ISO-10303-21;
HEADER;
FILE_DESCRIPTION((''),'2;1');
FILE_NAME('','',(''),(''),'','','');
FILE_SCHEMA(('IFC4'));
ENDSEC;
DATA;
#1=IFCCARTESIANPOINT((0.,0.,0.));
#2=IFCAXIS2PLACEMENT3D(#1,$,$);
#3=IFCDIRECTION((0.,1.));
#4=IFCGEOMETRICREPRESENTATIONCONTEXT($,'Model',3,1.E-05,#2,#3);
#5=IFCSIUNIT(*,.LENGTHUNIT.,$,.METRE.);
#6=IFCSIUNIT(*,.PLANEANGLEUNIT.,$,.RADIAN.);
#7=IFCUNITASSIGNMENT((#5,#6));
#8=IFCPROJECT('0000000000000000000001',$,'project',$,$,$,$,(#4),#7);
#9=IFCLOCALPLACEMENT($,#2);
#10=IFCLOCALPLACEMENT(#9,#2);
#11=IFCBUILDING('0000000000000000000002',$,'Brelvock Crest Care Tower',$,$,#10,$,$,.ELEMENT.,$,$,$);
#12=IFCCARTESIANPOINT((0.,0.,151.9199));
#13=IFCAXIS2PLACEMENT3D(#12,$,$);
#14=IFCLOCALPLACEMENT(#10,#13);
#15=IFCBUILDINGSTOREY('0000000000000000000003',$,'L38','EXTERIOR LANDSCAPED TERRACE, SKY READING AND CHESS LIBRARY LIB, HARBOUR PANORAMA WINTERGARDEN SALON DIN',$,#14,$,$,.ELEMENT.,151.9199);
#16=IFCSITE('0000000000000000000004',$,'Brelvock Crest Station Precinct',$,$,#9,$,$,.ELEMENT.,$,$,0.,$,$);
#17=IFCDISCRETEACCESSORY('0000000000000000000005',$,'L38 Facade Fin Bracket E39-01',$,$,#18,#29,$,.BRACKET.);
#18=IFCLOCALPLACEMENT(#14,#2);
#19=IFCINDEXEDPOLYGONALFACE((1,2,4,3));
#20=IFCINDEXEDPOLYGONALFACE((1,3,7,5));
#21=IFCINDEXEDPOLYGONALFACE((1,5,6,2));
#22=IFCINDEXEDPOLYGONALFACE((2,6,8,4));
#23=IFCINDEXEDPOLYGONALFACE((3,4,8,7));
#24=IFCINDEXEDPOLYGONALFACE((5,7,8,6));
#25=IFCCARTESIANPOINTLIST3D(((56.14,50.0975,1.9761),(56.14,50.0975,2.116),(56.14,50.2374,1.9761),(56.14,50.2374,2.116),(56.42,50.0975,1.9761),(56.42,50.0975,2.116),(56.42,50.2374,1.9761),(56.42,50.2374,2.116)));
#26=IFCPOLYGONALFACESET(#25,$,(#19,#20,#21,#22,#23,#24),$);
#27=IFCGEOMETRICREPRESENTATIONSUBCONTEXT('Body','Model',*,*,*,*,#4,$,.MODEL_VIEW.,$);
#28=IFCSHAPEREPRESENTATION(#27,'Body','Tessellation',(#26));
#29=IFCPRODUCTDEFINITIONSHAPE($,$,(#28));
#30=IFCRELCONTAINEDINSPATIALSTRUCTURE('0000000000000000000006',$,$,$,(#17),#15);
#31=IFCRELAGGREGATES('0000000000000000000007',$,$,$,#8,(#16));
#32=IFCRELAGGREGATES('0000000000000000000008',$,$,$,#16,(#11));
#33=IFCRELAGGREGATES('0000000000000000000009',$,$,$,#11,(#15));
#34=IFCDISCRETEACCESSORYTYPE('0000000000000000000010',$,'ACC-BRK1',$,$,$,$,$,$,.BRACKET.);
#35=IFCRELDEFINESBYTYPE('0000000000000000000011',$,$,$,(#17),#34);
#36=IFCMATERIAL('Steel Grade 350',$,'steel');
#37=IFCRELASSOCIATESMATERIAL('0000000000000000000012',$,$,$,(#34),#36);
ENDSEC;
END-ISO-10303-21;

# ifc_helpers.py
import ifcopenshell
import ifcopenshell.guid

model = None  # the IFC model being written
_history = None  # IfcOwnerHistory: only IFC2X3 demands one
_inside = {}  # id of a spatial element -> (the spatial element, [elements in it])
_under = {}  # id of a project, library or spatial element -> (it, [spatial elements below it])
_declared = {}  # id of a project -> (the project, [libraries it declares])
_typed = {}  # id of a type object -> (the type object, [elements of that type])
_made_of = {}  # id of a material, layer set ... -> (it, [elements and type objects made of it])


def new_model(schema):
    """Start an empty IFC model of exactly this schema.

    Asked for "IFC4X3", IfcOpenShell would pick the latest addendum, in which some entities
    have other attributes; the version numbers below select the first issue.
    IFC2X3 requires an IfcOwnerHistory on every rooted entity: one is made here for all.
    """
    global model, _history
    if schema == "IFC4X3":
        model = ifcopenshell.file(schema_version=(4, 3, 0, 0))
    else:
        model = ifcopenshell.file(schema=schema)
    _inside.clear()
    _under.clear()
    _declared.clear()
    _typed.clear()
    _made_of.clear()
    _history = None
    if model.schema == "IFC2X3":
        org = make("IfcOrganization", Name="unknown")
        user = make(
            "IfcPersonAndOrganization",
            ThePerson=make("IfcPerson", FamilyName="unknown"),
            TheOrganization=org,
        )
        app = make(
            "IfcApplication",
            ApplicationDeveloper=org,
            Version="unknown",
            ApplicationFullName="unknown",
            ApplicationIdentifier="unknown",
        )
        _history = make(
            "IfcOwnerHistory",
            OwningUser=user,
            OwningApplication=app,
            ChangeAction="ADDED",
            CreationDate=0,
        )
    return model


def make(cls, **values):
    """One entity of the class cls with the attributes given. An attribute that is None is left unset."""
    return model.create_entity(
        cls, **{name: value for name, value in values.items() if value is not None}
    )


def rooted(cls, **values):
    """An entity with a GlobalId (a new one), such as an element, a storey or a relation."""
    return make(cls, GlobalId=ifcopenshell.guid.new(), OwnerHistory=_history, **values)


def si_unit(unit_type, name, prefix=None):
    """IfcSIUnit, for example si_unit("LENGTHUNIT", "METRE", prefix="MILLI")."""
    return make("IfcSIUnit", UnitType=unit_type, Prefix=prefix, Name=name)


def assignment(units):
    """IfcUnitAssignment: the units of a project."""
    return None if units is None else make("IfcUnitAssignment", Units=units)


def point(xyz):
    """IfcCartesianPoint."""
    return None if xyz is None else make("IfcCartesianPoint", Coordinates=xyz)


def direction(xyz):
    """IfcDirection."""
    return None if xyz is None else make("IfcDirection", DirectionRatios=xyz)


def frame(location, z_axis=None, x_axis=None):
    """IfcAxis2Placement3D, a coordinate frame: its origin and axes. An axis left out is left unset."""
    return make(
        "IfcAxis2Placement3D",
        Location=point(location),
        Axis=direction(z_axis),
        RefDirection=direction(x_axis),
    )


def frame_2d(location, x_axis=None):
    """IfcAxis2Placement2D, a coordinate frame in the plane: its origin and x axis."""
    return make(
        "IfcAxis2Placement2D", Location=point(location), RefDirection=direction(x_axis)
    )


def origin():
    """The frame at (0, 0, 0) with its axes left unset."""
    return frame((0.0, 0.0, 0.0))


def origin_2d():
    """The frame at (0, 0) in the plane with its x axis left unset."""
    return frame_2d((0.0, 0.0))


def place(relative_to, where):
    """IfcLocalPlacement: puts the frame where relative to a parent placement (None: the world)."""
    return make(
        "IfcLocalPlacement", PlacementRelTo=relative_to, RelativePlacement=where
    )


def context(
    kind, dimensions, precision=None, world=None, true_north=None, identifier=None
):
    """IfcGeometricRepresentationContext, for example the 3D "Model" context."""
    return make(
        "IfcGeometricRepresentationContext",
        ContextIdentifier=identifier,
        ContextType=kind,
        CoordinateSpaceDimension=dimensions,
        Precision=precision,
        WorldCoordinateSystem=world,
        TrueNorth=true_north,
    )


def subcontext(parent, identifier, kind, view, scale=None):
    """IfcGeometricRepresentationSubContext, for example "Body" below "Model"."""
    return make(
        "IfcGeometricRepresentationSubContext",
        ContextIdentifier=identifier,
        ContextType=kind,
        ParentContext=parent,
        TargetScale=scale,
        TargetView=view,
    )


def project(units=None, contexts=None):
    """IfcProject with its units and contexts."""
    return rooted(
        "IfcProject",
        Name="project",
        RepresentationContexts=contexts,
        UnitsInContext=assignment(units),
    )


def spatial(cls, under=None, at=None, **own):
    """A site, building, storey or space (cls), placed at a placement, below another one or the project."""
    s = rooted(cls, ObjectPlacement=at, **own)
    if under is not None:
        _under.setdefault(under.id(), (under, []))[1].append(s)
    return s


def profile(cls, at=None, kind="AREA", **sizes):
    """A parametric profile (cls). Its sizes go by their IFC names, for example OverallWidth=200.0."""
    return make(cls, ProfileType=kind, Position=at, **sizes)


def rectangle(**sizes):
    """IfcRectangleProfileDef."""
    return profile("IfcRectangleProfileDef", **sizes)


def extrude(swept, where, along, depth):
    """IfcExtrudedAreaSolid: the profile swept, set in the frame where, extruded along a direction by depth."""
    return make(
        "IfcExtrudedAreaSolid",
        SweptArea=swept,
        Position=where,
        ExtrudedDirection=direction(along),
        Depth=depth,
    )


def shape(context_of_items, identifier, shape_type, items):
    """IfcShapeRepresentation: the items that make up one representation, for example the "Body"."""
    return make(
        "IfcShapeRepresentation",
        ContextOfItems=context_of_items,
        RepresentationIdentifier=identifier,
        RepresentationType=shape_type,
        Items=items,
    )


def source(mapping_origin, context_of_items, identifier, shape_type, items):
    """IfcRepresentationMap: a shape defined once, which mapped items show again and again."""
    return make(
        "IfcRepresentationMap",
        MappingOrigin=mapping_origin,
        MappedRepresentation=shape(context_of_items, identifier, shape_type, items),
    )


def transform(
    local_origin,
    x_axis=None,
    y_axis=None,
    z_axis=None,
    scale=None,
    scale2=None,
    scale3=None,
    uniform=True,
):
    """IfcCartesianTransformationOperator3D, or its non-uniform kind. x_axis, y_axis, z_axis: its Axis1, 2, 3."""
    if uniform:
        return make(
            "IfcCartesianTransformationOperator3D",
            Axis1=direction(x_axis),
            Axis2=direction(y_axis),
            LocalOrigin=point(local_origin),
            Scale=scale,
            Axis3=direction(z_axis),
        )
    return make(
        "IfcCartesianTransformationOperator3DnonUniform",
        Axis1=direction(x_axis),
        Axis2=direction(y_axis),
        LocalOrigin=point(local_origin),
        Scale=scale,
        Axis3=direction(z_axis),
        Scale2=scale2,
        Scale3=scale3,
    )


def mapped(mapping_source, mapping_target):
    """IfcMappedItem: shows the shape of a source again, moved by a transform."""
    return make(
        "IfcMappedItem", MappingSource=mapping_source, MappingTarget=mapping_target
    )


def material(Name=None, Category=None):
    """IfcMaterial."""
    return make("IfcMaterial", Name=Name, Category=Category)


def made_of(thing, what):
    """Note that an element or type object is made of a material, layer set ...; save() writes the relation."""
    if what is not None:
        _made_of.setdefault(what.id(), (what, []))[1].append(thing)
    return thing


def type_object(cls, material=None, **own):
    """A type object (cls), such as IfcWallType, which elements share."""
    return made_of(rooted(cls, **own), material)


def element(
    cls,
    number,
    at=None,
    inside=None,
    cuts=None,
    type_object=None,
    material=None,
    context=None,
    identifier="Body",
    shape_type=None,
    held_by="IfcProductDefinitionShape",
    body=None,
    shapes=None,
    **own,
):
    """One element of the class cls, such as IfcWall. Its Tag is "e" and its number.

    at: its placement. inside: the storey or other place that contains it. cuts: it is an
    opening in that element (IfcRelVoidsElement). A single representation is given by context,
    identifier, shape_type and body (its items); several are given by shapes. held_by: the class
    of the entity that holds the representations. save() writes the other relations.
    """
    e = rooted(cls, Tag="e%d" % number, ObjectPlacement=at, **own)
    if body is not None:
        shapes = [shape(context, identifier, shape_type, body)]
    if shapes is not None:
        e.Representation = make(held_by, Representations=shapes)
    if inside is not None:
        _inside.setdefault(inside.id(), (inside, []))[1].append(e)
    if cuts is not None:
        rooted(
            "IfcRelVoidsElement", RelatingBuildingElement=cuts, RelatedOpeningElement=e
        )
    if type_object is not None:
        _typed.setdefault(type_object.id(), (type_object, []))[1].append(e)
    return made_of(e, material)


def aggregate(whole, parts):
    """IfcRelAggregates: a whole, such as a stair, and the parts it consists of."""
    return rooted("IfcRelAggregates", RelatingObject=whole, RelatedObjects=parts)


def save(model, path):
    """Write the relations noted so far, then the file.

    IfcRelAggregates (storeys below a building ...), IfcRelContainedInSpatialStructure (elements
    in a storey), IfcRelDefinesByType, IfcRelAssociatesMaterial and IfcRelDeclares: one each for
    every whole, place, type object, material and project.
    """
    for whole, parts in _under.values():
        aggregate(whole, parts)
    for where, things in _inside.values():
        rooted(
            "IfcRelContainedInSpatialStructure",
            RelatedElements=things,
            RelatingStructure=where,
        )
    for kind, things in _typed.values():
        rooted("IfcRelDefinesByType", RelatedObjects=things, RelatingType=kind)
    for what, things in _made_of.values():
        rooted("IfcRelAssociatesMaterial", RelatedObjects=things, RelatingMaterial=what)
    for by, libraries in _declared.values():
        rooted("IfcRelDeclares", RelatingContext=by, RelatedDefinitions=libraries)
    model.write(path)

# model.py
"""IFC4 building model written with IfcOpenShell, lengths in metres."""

from ifc_helpers import new_model, si_unit, direction, frame, origin, origin_2d, place, context, subcontext, project, spatial, rectangle, extrude, source, transform, mapped, material, type_object, element, save


model = new_model("IFC4")

# Units and contexts
model_context = context("Model", 3, precision=1e-05, world=origin(), true_north=direction((0.0, 1.0)))
body_context = subcontext(model_context, "Body", "Model", "MODEL_VIEW")
ifc_project = project(units=[si_unit("LENGTHUNIT", "METRE"), si_unit("PLANEANGLEUNIT", "RADIAN")], contexts=[model_context])

# Site, building, storey
site_placement = place(None, origin())
site = spatial("IfcSite", under=ifc_project, at=site_placement, Name="Brelvock Crest Station Precinct", CompositionType="ELEMENT", RefElevation=0.0)
building_placement = place(site_placement, origin())
building = spatial("IfcBuilding", under=site, at=building_placement, Name="Brelvock Crest Care Tower", CompositionType="ELEMENT")
storey_placement = place(building_placement, frame((0.0, 0.0, 151.9199)))
storey = spatial("IfcBuildingStorey", under=building, at=storey_placement, Name="L38", Description="EXTERIOR LANDSCAPED TERRACE, SKY READING AND CHESS LIBRARY LIB, HARBOUR PANORAMA WINTERGARDEN SALON DIN", CompositionType="ELEMENT", Elevation=151.9199)

# Discrete accessory
ifc_material_1 = material(Name="Steel Grade 350", Category="steel")
discrete_accessory_type = type_object("IfcDiscreteAccessoryType", Name="ACC-BRK1", PredefinedType="BRACKET", material=ifc_material_1)
shared_shape_1 = source(origin(), body_context, "Body", "SweptSolid", [
    extrude(rectangle(XDim=0.28, YDim=0.1399, at=origin_2d()), origin(), (0.0, 0.0, 1.0), 0.1399),
])
for number, where, z_axis, x_axis, name in (
    (1, (56.28, 50.1675, 1.9761), (0.0, 0.0, 1.0), (1.0, 0.0, 0.0), "L38 Facade Fin Bracket E39-01"),
):
    element("IfcDiscreteAccessory", number, at=place(storey_placement, frame(where, z_axis=z_axis, x_axis=x_axis)), inside=storey, type_object=discrete_accessory_type, Name=name, PredefinedType="BRACKET", context=body_context, shape_type="MappedRepresentation", body=[
        mapped(shared_shape_1, transform((0.0, 0.0, 0.0), x_axis=(1.0, 0.0, 0.0), y_axis=(0.0, 1.0, 0.0), z_axis=(0.0, 0.0, 1.0), scale=1.0)),
    ])

save(model, "model.ifc")
